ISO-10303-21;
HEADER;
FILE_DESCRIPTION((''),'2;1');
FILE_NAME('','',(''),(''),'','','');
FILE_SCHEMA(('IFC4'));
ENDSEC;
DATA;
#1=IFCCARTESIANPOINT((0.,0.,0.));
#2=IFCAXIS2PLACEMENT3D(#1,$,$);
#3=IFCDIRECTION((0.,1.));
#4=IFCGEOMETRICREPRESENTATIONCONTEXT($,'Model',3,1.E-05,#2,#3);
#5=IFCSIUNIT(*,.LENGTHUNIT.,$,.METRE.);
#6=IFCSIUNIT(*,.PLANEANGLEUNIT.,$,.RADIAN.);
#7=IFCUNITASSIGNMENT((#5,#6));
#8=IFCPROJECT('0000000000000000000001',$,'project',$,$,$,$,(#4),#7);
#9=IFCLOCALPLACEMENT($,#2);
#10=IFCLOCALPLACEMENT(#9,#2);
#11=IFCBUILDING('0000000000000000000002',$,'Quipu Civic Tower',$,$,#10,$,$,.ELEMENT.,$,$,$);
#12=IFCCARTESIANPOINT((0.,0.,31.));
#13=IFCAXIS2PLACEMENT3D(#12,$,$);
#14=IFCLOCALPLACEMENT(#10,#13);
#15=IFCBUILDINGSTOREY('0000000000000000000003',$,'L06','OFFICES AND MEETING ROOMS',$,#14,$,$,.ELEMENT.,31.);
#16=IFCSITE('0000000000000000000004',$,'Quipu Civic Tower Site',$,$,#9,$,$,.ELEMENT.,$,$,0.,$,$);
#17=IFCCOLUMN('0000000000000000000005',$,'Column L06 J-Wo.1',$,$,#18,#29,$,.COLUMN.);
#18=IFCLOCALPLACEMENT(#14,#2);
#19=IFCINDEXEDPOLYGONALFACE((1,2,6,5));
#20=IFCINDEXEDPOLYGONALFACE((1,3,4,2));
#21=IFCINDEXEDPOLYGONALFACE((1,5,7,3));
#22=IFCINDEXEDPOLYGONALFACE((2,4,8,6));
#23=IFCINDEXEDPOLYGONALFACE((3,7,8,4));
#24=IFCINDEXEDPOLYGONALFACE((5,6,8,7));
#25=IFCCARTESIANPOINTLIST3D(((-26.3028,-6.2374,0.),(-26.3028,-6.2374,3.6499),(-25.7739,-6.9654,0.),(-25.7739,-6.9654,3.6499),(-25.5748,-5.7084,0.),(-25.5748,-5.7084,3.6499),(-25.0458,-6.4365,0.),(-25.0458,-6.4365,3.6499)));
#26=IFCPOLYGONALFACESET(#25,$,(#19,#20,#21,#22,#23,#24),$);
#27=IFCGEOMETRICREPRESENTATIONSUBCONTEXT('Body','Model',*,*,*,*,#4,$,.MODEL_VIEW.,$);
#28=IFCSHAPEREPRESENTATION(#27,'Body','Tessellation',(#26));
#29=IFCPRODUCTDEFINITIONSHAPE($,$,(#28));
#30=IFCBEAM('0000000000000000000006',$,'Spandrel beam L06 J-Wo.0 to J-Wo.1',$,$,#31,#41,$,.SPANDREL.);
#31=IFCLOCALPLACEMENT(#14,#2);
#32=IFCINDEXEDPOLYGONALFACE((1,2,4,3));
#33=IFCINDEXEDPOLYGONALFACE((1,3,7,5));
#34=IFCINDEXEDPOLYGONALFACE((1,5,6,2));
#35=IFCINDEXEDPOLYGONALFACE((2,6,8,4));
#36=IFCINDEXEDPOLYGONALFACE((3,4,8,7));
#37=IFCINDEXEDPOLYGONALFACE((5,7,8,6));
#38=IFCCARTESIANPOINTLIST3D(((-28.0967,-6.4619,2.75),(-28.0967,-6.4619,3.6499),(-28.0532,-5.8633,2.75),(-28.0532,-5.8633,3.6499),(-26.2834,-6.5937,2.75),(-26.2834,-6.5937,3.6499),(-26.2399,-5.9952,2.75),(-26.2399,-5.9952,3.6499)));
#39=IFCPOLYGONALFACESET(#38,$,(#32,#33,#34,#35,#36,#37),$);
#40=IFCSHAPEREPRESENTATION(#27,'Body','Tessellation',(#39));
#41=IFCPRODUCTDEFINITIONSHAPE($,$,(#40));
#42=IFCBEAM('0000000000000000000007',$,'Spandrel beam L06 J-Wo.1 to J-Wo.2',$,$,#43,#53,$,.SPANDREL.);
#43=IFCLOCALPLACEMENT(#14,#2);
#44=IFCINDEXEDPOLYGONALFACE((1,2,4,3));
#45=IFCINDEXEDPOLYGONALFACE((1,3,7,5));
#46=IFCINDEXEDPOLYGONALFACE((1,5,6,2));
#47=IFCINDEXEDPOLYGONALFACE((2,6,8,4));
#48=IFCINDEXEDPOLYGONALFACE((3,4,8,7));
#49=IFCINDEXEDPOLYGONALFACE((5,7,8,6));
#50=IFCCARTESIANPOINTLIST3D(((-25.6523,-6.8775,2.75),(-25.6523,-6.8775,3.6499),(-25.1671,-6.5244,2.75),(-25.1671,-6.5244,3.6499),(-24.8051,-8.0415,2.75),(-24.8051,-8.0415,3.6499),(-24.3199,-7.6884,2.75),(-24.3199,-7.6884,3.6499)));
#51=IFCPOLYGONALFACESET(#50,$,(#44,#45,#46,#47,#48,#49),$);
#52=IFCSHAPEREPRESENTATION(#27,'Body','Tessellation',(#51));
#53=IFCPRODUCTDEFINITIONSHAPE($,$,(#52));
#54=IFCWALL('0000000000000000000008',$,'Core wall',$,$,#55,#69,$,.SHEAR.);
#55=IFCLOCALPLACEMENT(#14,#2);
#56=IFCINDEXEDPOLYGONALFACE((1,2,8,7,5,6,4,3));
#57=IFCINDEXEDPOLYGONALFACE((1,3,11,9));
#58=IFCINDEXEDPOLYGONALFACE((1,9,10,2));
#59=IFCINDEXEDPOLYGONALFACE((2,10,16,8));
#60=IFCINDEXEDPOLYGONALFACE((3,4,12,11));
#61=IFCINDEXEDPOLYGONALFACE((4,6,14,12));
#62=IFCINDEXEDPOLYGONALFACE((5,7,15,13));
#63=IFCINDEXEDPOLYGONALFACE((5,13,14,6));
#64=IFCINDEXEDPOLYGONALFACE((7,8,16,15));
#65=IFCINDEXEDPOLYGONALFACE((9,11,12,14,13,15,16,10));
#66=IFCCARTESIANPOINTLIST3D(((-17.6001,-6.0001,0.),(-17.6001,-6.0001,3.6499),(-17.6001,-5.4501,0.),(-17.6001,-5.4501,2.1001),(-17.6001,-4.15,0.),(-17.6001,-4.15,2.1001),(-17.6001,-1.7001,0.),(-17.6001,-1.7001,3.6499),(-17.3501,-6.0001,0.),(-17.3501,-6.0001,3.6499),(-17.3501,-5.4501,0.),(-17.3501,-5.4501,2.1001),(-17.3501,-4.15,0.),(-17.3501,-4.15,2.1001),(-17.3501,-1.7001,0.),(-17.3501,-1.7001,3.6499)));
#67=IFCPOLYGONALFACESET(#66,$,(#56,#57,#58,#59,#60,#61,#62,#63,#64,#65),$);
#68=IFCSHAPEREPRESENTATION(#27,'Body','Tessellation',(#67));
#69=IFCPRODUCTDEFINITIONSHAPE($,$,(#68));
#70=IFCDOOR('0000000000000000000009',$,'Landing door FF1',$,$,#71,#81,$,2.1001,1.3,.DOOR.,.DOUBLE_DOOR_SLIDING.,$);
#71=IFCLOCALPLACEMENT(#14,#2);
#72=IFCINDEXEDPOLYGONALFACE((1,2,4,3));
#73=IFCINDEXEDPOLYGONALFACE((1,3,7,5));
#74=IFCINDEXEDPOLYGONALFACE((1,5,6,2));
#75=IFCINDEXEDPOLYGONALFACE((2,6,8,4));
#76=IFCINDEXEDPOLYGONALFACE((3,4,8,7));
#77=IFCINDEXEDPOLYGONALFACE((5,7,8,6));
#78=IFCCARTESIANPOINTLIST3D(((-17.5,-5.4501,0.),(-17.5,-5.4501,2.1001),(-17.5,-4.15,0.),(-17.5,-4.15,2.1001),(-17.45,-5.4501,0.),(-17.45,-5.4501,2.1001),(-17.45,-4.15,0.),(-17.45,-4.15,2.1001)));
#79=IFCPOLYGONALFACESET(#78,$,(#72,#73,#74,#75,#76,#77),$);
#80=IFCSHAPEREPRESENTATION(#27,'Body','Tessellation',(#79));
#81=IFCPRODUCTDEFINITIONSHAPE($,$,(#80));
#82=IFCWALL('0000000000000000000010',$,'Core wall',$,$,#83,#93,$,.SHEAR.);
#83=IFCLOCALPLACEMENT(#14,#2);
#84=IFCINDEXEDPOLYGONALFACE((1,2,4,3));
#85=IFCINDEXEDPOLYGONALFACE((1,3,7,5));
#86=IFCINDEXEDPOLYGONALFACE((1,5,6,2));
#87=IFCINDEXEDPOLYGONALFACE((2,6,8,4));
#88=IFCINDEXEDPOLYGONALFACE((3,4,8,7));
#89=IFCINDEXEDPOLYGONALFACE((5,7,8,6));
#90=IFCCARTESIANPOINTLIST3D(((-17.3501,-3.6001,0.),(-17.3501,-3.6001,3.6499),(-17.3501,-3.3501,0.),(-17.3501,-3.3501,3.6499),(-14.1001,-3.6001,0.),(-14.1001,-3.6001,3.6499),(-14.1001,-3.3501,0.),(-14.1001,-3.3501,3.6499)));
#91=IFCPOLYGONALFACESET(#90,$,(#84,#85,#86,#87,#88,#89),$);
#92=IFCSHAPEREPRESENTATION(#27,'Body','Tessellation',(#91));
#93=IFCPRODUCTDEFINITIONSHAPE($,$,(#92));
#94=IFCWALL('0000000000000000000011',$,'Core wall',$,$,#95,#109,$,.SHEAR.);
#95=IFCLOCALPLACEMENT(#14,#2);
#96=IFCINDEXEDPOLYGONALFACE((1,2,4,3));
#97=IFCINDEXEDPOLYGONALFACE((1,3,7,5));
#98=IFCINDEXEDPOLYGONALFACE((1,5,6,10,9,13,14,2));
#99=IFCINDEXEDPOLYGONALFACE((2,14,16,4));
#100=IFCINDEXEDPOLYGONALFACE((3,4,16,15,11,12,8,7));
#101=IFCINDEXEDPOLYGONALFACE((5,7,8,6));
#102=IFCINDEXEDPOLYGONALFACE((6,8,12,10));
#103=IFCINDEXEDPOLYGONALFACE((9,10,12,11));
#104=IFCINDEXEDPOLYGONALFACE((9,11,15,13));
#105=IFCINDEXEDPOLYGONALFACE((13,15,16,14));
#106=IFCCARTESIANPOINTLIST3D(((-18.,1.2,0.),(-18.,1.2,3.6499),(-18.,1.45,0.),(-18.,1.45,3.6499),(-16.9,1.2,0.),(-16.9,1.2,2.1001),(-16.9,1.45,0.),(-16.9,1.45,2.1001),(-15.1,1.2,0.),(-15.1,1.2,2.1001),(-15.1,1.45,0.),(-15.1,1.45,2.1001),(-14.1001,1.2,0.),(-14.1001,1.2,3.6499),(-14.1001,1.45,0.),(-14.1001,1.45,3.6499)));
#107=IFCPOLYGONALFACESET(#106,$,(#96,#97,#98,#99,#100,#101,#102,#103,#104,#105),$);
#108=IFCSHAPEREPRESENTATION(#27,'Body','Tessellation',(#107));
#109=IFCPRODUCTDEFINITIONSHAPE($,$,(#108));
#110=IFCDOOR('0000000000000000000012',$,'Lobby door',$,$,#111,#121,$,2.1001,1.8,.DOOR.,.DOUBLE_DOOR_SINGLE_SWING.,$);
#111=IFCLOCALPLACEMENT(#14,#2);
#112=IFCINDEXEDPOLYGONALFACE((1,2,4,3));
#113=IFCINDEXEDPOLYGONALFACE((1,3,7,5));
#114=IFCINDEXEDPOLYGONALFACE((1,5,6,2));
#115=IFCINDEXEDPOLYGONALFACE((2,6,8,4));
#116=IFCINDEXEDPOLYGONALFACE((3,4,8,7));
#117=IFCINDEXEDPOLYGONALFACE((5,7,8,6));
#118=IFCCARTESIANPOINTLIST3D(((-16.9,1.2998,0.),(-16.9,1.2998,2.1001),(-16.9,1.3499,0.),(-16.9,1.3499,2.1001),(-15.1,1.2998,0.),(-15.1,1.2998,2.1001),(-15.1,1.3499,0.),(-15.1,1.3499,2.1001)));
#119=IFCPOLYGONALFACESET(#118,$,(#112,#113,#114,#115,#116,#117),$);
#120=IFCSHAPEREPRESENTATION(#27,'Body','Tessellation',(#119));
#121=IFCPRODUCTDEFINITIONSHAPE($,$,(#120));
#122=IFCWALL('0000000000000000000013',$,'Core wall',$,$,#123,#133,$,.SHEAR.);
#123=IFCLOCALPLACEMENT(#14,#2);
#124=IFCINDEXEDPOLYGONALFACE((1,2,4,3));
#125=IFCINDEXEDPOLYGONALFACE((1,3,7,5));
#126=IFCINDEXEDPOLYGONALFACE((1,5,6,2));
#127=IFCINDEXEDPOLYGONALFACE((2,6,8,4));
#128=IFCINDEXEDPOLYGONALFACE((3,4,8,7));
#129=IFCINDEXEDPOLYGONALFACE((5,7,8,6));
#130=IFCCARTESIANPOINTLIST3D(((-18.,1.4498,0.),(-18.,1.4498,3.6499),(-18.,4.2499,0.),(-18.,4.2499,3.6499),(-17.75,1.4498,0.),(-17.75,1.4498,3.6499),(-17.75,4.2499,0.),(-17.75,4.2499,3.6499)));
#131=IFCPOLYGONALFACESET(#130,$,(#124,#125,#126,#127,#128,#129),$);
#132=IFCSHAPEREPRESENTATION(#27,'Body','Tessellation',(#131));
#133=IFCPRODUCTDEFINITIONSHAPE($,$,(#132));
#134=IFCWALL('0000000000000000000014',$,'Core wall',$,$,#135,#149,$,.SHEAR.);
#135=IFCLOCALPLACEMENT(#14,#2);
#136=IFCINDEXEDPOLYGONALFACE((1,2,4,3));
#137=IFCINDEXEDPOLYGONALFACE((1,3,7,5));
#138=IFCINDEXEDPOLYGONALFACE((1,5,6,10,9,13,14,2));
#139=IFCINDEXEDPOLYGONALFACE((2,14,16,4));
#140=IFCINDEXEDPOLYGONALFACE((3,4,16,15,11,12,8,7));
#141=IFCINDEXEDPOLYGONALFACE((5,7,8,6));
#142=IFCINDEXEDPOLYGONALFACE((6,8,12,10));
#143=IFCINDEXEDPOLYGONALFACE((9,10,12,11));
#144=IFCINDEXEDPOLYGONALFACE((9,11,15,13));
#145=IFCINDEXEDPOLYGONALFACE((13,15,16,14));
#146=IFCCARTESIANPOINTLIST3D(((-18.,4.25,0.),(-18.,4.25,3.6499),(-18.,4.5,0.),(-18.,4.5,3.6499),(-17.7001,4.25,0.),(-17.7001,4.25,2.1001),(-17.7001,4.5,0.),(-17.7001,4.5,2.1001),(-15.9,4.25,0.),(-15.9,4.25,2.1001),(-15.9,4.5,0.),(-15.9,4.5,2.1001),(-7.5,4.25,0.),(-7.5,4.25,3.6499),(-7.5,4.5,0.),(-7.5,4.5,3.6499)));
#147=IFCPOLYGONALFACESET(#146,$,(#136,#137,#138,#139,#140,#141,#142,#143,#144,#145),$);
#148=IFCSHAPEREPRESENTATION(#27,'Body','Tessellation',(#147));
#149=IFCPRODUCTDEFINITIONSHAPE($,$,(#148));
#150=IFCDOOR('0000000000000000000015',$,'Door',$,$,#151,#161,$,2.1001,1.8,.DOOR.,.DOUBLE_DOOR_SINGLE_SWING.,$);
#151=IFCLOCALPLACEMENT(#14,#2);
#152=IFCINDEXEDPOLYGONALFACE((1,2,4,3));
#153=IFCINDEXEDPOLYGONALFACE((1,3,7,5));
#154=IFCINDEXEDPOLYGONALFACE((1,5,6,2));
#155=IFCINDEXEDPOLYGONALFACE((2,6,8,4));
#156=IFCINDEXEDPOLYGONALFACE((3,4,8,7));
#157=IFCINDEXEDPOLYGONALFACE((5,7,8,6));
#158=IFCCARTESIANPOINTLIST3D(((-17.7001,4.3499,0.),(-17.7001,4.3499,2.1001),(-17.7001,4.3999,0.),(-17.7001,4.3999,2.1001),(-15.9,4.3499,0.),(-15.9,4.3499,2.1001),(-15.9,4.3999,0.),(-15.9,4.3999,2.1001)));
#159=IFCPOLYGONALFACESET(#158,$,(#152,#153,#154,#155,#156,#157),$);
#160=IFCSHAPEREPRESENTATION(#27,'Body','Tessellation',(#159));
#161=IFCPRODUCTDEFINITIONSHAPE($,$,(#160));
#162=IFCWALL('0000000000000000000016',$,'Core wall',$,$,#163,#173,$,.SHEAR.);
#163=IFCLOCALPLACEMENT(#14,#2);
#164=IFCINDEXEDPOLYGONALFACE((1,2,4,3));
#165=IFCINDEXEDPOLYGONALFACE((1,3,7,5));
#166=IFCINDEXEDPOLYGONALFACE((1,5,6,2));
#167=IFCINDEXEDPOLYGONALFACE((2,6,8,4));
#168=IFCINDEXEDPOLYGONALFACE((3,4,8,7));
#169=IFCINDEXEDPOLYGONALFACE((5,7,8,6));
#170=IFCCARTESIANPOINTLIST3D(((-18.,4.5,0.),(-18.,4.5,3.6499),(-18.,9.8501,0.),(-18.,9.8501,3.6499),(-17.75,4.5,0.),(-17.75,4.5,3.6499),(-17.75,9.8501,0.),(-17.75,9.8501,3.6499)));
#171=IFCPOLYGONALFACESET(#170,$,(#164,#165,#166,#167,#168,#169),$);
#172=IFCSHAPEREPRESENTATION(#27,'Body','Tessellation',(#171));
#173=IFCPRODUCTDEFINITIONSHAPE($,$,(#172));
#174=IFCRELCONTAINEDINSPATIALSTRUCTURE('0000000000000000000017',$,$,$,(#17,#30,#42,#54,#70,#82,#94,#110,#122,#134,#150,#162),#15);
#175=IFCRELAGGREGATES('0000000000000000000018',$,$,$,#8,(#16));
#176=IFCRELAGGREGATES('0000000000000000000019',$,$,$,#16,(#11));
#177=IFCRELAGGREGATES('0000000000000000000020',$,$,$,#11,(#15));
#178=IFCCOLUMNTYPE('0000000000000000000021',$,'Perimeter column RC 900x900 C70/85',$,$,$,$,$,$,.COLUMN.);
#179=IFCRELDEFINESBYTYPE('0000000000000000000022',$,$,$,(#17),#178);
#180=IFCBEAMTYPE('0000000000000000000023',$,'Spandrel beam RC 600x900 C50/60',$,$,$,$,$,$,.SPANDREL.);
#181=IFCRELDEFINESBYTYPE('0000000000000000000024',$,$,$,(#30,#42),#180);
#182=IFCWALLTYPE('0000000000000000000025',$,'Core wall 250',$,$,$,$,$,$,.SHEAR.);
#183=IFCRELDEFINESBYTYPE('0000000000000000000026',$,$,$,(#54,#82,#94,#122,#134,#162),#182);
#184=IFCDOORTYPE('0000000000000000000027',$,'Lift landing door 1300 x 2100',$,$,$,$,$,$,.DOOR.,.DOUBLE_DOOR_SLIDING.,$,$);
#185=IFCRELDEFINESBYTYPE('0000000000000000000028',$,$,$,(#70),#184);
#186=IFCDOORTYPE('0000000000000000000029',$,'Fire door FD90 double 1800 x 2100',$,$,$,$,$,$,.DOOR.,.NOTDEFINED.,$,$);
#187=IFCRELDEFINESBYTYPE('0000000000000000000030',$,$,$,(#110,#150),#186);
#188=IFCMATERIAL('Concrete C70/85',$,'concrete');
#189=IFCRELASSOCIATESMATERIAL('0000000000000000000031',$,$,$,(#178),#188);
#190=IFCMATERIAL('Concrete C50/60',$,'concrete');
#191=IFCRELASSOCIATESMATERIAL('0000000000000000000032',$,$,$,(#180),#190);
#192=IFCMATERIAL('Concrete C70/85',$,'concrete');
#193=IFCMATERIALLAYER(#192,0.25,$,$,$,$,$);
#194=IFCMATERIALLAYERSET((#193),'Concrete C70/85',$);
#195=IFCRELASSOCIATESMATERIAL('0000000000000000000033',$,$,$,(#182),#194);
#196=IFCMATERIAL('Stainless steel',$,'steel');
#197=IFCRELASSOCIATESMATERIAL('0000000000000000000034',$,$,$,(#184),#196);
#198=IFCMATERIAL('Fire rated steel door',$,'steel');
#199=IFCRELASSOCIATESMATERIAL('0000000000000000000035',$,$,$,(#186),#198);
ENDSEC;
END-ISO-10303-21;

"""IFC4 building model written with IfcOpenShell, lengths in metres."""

from ifc_helpers import new_model, si_unit, direction, frame, frame_2d, origin, origin_2d, place, context, subcontext, project, spatial, rectangle, extrude, material, layer, layer_set, material_profile, profile_set, type_object, element, fill, save


model = new_model("IFC4")

# Units and contexts
model_context = context("Model", 3, precision=1e-05, world=origin(), true_north=direction((0.0, 1.0)))
body_context = subcontext(model_context, "Body", "Model", "MODEL_VIEW")
ifc_project = project(units=[si_unit("LENGTHUNIT", "METRE"), si_unit("PLANEANGLEUNIT", "RADIAN")], contexts=[model_context])

# Site, building, storey
site_placement = place(None, origin())
site = spatial("IfcSite", under=ifc_project, at=site_placement, Name="Quipu Civic Tower Site", CompositionType="ELEMENT", RefElevation=0.0)
building_placement = place(site_placement, origin())
building = spatial("IfcBuilding", under=site, at=building_placement, Name="Quipu Civic Tower", CompositionType="ELEMENT")
storey_placement = place(building_placement, frame((0.0, 0.0, 31.0)))
storey = spatial("IfcBuildingStorey", under=building, at=storey_placement, Name="L06", Description="OFFICES AND MEETING ROOMS", CompositionType="ELEMENT", Elevation=31.0)

# Column
ifc_material_1 = material(Name="Concrete C70/85", Category="concrete")
ifc_material_profile_1 = material_profile(ifc_material_1, rectangle(XDim=0.8999, YDim=0.8999, at=origin_2d()), Name="RC900x900")
ifc_profile_set_1 = profile_set([ifc_material_profile_1], Name="Concrete C70/85")
column_type = type_object("IfcColumnType", Name="Perimeter column RC 900x900 C70/85", PredefinedType="COLUMN", material=ifc_profile_set_1)
column_placement = place(storey_placement, frame((-25.6743, -6.3369, 0.0), z_axis=(0.0, 0.0, 1.0), x_axis=(0.587785, -0.809017, 0.0)))
element("IfcColumn", 1, at=column_placement, inside=storey, type_object=column_type, Name="Column L06 J-Wo.1", PredefinedType="COLUMN", context=body_context, shape_type="SweptSolid", body=[
    extrude(rectangle(XDim=0.8999, YDim=0.8999, at=origin_2d()), origin(), (0.0, 0.0, 1.0), 3.6499),
])

# Beams
ifc_material_2 = material(Name="Concrete C50/60", Category="concrete")
ifc_material_profile_2 = material_profile(ifc_material_2, rectangle(XDim=0.6001, YDim=0.8999, at=origin_2d()), Name="RC600x900")
ifc_profile_set_2 = profile_set([ifc_material_profile_2], Name="Concrete C50/60")
beam_type = type_object("IfcBeamType", Name="Spandrel beam RC 600x900 C50/60", PredefinedType="SPANDREL", material=ifc_profile_set_2)
beam_1_placement = place(storey_placement, frame((-28.075, -6.1626, 3.2), z_axis=(0.997367, -0.072516, 0.0), x_axis=(0.072516, 0.997367, 0.0)))
element("IfcBeam", 2, at=beam_1_placement, inside=storey, type_object=beam_type, Name="Spandrel beam L06 J-Wo.0 to J-Wo.1", PredefinedType="SPANDREL", context=body_context, shape_type="SweptSolid", body=[
    extrude(rectangle(XDim=0.6001, YDim=0.8999, at=origin_2d()), origin(), (0.0, 0.0, 1.0), 1.8181),
])
beam_2_placement = place(storey_placement, frame((-25.4097, -6.7009, 3.2), z_axis=(0.588434, -0.808545, 0.0), x_axis=(0.808545, 0.588434, 0.0)))
element("IfcBeam", 3, at=beam_2_placement, inside=storey, type_object=beam_type, Name="Spandrel beam L06 J-Wo.1 to J-Wo.2", PredefinedType="SPANDREL", context=body_context, shape_type="SweptSolid", body=[
    extrude(rectangle(XDim=0.6001, YDim=0.8999, at=origin_2d()), origin(), (0.0, 0.0, 1.0), 1.4397),
])

# Wall, opening, door
ifc_material_3 = material(Name="Concrete C70/85", Category="concrete")
ifc_layer_1 = layer(ifc_material_3, 0.25)
ifc_layer_set_1 = layer_set([ifc_layer_1], Name="Concrete C70/85")
wall_type_1 = type_object("IfcWallType", Name="Core wall 250", PredefinedType="SHEAR", material=ifc_layer_set_1)
wall_1_placement = place(storey_placement, frame((-17.4751, -6.0, 0.0), z_axis=(0.0, 0.0, 1.0), x_axis=(0.0, 1.0, 0.0)))
wall_1 = element("IfcWall", 4, at=wall_1_placement, inside=storey, type_object=wall_type_1, Name="Core wall", PredefinedType="SHEAR", context=body_context, shape_type="SweptSolid", body=[
    extrude(rectangle(XDim=4.3, YDim=0.25, at=frame_2d((2.1499, 0.0))), origin(), (0.0, 0.0, 1.0), 3.6499),
])
opening_1_placement = place(wall_1_placement, frame((0.55, 0.0, 0.0)))
opening_1 = element("IfcOpeningElement", 5, at=opening_1_placement, cuts=wall_1, PredefinedType="OPENING", context=body_context, shape_type="SweptSolid", body=[
    extrude(rectangle(XDim=1.3, YDim=2.1001, at=frame_2d((0.6499, 1.05))), frame((0.0, 0.135, 0.0), z_axis=(0.0, -1.0, 0.0), x_axis=(1.0, 0.0, 0.0)), (0.0, 0.0, 1.0), 0.27),
])
ifc_material_4 = material(Name="Stainless steel", Category="steel")
door_type_1 = type_object("IfcDoorType", Name="Lift landing door 1300 x 2100", OperationType="DOUBLE_DOOR_SLIDING", PredefinedType="DOOR", material=ifc_material_4)
door_1_placement = place(opening_1_placement, origin())
door_1 = element("IfcDoor", 6, at=door_1_placement, inside=storey, type_object=door_type_1, Name="Landing door FF1", OperationType="DOUBLE_DOOR_SLIDING", OverallHeight=2.1001, OverallWidth=1.3, PredefinedType="DOOR", context=body_context, shape_type="SweptSolid", body=[
    extrude(rectangle(XDim=1.3, YDim=2.1001, at=frame_2d((0.6499, 1.05))), frame((0.0, 0.0249, 0.0), z_axis=(0.0, -1.0, 0.0), x_axis=(1.0, 0.0, 0.0)), (0.0, 0.0, 1.0), 0.05),
])
fill(opening_1, door_1)

# Wall
wall_2_placement = place(storey_placement, frame((-17.3501, -3.4751, 0.0), z_axis=(0.0, 0.0, 1.0), x_axis=(1.0, 0.0, 0.0)))
element("IfcWall", 7, at=wall_2_placement, inside=storey, type_object=wall_type_1, Name="Core wall", PredefinedType="SHEAR", context=body_context, shape_type="SweptSolid", body=[
    extrude(rectangle(XDim=3.25, YDim=0.25, at=frame_2d((1.625, 0.0))), origin(), (0.0, 0.0, 1.0), 3.6499),
])

# Wall, opening, door
wall_3_placement = place(storey_placement, frame((-18.0, 1.325, 0.0), z_axis=(0.0, 0.0, 1.0), x_axis=(1.0, 0.0, 0.0)))
wall_3 = element("IfcWall", 8, at=wall_3_placement, inside=storey, type_object=wall_type_1, Name="Core wall", PredefinedType="SHEAR", context=body_context, shape_type="SweptSolid", body=[
    extrude(rectangle(XDim=3.8999, YDim=0.25, at=frame_2d((1.95, 0.0))), origin(), (0.0, 0.0, 1.0), 3.6499),
])
opening_2_placement = place(wall_3_placement, frame((1.1001, 0.0, 0.0)))
opening_2 = element("IfcOpeningElement", 9, at=opening_2_placement, cuts=wall_3, PredefinedType="OPENING", context=body_context, shape_type="SweptSolid", body=[
    extrude(rectangle(XDim=1.8, YDim=2.1001, at=frame_2d((0.8999, 1.05))), frame((0.0, 0.135, 0.0), z_axis=(0.0, -1.0, 0.0), x_axis=(1.0, 0.0, 0.0)), (0.0, 0.0, 1.0), 0.27),
])
ifc_material_5 = material(Name="Fire rated steel door", Category="steel")
door_type_2 = type_object("IfcDoorType", Name="Fire door FD90 double 1800 x 2100", OperationType="NOTDEFINED", PredefinedType="DOOR", material=ifc_material_5)
door_2_placement = place(opening_2_placement, origin())
door_2 = element("IfcDoor", 10, at=door_2_placement, inside=storey, type_object=door_type_2, Name="Lobby door", OperationType="DOUBLE_DOOR_SINGLE_SWING", OverallHeight=2.1001, OverallWidth=1.8, PredefinedType="DOOR", context=body_context, shape_type="SweptSolid", body=[
    extrude(rectangle(XDim=1.8, YDim=2.1001, at=frame_2d((0.8999, 1.05))), frame((0.0, 0.0249, 0.0), z_axis=(0.0, -1.0, 0.0), x_axis=(1.0, 0.0, 0.0)), (0.0, 0.0, 1.0), 0.05),
])
fill(opening_2, door_2)

# Wall
wall_4_placement = place(storey_placement, frame((-17.875, 1.45, 0.0), z_axis=(0.0, 0.0, 1.0), x_axis=(0.0, 1.0, 0.0)))
element("IfcWall", 11, at=wall_4_placement, inside=storey, type_object=wall_type_1, Name="Core wall", PredefinedType="SHEAR", context=body_context, shape_type="SweptSolid", body=[
    extrude(rectangle(XDim=2.8, YDim=0.25, at=frame_2d((1.3999, 0.0))), origin(), (0.0, 0.0, 1.0), 3.6499),
])

# Wall, opening, door
wall_5_placement = place(storey_placement, frame((-18.0, 4.375, 0.0), z_axis=(0.0, 0.0, 1.0), x_axis=(1.0, 0.0, 0.0)))
wall_5 = element("IfcWall", 12, at=wall_5_placement, inside=storey, type_object=wall_type_1, Name="Core wall", PredefinedType="SHEAR", context=body_context, shape_type="SweptSolid", body=[
    extrude(rectangle(XDim=10.5, YDim=0.25, at=frame_2d((5.25, 0.0))), origin(), (0.0, 0.0, 1.0), 3.6499),
])
opening_3_placement = place(wall_5_placement, frame((0.3, 0.0, 0.0)))
opening_3 = element("IfcOpeningElement", 13, at=opening_3_placement, cuts=wall_5, PredefinedType="OPENING", context=body_context, shape_type="SweptSolid", body=[
    extrude(rectangle(XDim=1.8, YDim=2.1001, at=frame_2d((0.8999, 1.05))), frame((0.0, 0.135, 0.0), z_axis=(0.0, -1.0, 0.0), x_axis=(1.0, 0.0, 0.0)), (0.0, 0.0, 1.0), 0.27),
])
door_3_placement = place(opening_3_placement, origin())
door_3 = element("IfcDoor", 14, at=door_3_placement, inside=storey, type_object=door_type_2, Name="Door", OperationType="DOUBLE_DOOR_SINGLE_SWING", OverallHeight=2.1001, OverallWidth=1.8, PredefinedType="DOOR", context=body_context, shape_type="SweptSolid", body=[
    extrude(rectangle(XDim=1.8, YDim=2.1001, at=frame_2d((0.8999, 1.05))), frame((0.0, 0.0249, 0.0), z_axis=(0.0, -1.0, 0.0), x_axis=(1.0, 0.0, 0.0)), (0.0, 0.0, 1.0), 0.05),
])
fill(opening_3, door_3)

# Wall
wall_6_placement = place(storey_placement, frame((-17.875, 4.5, 0.0), z_axis=(0.0, 0.0, 1.0), x_axis=(0.0, 1.0, 0.0)))
element("IfcWall", 15, at=wall_6_placement, inside=storey, type_object=wall_type_1, Name="Core wall", PredefinedType="SHEAR", context=body_context, shape_type="SweptSolid", body=[
    extrude(rectangle(XDim=5.3501, YDim=0.25, at=frame_2d((2.675, 0.0))), origin(), (0.0, 0.0, 1.0), 3.6499),
])

save(model, "model.ifc")
